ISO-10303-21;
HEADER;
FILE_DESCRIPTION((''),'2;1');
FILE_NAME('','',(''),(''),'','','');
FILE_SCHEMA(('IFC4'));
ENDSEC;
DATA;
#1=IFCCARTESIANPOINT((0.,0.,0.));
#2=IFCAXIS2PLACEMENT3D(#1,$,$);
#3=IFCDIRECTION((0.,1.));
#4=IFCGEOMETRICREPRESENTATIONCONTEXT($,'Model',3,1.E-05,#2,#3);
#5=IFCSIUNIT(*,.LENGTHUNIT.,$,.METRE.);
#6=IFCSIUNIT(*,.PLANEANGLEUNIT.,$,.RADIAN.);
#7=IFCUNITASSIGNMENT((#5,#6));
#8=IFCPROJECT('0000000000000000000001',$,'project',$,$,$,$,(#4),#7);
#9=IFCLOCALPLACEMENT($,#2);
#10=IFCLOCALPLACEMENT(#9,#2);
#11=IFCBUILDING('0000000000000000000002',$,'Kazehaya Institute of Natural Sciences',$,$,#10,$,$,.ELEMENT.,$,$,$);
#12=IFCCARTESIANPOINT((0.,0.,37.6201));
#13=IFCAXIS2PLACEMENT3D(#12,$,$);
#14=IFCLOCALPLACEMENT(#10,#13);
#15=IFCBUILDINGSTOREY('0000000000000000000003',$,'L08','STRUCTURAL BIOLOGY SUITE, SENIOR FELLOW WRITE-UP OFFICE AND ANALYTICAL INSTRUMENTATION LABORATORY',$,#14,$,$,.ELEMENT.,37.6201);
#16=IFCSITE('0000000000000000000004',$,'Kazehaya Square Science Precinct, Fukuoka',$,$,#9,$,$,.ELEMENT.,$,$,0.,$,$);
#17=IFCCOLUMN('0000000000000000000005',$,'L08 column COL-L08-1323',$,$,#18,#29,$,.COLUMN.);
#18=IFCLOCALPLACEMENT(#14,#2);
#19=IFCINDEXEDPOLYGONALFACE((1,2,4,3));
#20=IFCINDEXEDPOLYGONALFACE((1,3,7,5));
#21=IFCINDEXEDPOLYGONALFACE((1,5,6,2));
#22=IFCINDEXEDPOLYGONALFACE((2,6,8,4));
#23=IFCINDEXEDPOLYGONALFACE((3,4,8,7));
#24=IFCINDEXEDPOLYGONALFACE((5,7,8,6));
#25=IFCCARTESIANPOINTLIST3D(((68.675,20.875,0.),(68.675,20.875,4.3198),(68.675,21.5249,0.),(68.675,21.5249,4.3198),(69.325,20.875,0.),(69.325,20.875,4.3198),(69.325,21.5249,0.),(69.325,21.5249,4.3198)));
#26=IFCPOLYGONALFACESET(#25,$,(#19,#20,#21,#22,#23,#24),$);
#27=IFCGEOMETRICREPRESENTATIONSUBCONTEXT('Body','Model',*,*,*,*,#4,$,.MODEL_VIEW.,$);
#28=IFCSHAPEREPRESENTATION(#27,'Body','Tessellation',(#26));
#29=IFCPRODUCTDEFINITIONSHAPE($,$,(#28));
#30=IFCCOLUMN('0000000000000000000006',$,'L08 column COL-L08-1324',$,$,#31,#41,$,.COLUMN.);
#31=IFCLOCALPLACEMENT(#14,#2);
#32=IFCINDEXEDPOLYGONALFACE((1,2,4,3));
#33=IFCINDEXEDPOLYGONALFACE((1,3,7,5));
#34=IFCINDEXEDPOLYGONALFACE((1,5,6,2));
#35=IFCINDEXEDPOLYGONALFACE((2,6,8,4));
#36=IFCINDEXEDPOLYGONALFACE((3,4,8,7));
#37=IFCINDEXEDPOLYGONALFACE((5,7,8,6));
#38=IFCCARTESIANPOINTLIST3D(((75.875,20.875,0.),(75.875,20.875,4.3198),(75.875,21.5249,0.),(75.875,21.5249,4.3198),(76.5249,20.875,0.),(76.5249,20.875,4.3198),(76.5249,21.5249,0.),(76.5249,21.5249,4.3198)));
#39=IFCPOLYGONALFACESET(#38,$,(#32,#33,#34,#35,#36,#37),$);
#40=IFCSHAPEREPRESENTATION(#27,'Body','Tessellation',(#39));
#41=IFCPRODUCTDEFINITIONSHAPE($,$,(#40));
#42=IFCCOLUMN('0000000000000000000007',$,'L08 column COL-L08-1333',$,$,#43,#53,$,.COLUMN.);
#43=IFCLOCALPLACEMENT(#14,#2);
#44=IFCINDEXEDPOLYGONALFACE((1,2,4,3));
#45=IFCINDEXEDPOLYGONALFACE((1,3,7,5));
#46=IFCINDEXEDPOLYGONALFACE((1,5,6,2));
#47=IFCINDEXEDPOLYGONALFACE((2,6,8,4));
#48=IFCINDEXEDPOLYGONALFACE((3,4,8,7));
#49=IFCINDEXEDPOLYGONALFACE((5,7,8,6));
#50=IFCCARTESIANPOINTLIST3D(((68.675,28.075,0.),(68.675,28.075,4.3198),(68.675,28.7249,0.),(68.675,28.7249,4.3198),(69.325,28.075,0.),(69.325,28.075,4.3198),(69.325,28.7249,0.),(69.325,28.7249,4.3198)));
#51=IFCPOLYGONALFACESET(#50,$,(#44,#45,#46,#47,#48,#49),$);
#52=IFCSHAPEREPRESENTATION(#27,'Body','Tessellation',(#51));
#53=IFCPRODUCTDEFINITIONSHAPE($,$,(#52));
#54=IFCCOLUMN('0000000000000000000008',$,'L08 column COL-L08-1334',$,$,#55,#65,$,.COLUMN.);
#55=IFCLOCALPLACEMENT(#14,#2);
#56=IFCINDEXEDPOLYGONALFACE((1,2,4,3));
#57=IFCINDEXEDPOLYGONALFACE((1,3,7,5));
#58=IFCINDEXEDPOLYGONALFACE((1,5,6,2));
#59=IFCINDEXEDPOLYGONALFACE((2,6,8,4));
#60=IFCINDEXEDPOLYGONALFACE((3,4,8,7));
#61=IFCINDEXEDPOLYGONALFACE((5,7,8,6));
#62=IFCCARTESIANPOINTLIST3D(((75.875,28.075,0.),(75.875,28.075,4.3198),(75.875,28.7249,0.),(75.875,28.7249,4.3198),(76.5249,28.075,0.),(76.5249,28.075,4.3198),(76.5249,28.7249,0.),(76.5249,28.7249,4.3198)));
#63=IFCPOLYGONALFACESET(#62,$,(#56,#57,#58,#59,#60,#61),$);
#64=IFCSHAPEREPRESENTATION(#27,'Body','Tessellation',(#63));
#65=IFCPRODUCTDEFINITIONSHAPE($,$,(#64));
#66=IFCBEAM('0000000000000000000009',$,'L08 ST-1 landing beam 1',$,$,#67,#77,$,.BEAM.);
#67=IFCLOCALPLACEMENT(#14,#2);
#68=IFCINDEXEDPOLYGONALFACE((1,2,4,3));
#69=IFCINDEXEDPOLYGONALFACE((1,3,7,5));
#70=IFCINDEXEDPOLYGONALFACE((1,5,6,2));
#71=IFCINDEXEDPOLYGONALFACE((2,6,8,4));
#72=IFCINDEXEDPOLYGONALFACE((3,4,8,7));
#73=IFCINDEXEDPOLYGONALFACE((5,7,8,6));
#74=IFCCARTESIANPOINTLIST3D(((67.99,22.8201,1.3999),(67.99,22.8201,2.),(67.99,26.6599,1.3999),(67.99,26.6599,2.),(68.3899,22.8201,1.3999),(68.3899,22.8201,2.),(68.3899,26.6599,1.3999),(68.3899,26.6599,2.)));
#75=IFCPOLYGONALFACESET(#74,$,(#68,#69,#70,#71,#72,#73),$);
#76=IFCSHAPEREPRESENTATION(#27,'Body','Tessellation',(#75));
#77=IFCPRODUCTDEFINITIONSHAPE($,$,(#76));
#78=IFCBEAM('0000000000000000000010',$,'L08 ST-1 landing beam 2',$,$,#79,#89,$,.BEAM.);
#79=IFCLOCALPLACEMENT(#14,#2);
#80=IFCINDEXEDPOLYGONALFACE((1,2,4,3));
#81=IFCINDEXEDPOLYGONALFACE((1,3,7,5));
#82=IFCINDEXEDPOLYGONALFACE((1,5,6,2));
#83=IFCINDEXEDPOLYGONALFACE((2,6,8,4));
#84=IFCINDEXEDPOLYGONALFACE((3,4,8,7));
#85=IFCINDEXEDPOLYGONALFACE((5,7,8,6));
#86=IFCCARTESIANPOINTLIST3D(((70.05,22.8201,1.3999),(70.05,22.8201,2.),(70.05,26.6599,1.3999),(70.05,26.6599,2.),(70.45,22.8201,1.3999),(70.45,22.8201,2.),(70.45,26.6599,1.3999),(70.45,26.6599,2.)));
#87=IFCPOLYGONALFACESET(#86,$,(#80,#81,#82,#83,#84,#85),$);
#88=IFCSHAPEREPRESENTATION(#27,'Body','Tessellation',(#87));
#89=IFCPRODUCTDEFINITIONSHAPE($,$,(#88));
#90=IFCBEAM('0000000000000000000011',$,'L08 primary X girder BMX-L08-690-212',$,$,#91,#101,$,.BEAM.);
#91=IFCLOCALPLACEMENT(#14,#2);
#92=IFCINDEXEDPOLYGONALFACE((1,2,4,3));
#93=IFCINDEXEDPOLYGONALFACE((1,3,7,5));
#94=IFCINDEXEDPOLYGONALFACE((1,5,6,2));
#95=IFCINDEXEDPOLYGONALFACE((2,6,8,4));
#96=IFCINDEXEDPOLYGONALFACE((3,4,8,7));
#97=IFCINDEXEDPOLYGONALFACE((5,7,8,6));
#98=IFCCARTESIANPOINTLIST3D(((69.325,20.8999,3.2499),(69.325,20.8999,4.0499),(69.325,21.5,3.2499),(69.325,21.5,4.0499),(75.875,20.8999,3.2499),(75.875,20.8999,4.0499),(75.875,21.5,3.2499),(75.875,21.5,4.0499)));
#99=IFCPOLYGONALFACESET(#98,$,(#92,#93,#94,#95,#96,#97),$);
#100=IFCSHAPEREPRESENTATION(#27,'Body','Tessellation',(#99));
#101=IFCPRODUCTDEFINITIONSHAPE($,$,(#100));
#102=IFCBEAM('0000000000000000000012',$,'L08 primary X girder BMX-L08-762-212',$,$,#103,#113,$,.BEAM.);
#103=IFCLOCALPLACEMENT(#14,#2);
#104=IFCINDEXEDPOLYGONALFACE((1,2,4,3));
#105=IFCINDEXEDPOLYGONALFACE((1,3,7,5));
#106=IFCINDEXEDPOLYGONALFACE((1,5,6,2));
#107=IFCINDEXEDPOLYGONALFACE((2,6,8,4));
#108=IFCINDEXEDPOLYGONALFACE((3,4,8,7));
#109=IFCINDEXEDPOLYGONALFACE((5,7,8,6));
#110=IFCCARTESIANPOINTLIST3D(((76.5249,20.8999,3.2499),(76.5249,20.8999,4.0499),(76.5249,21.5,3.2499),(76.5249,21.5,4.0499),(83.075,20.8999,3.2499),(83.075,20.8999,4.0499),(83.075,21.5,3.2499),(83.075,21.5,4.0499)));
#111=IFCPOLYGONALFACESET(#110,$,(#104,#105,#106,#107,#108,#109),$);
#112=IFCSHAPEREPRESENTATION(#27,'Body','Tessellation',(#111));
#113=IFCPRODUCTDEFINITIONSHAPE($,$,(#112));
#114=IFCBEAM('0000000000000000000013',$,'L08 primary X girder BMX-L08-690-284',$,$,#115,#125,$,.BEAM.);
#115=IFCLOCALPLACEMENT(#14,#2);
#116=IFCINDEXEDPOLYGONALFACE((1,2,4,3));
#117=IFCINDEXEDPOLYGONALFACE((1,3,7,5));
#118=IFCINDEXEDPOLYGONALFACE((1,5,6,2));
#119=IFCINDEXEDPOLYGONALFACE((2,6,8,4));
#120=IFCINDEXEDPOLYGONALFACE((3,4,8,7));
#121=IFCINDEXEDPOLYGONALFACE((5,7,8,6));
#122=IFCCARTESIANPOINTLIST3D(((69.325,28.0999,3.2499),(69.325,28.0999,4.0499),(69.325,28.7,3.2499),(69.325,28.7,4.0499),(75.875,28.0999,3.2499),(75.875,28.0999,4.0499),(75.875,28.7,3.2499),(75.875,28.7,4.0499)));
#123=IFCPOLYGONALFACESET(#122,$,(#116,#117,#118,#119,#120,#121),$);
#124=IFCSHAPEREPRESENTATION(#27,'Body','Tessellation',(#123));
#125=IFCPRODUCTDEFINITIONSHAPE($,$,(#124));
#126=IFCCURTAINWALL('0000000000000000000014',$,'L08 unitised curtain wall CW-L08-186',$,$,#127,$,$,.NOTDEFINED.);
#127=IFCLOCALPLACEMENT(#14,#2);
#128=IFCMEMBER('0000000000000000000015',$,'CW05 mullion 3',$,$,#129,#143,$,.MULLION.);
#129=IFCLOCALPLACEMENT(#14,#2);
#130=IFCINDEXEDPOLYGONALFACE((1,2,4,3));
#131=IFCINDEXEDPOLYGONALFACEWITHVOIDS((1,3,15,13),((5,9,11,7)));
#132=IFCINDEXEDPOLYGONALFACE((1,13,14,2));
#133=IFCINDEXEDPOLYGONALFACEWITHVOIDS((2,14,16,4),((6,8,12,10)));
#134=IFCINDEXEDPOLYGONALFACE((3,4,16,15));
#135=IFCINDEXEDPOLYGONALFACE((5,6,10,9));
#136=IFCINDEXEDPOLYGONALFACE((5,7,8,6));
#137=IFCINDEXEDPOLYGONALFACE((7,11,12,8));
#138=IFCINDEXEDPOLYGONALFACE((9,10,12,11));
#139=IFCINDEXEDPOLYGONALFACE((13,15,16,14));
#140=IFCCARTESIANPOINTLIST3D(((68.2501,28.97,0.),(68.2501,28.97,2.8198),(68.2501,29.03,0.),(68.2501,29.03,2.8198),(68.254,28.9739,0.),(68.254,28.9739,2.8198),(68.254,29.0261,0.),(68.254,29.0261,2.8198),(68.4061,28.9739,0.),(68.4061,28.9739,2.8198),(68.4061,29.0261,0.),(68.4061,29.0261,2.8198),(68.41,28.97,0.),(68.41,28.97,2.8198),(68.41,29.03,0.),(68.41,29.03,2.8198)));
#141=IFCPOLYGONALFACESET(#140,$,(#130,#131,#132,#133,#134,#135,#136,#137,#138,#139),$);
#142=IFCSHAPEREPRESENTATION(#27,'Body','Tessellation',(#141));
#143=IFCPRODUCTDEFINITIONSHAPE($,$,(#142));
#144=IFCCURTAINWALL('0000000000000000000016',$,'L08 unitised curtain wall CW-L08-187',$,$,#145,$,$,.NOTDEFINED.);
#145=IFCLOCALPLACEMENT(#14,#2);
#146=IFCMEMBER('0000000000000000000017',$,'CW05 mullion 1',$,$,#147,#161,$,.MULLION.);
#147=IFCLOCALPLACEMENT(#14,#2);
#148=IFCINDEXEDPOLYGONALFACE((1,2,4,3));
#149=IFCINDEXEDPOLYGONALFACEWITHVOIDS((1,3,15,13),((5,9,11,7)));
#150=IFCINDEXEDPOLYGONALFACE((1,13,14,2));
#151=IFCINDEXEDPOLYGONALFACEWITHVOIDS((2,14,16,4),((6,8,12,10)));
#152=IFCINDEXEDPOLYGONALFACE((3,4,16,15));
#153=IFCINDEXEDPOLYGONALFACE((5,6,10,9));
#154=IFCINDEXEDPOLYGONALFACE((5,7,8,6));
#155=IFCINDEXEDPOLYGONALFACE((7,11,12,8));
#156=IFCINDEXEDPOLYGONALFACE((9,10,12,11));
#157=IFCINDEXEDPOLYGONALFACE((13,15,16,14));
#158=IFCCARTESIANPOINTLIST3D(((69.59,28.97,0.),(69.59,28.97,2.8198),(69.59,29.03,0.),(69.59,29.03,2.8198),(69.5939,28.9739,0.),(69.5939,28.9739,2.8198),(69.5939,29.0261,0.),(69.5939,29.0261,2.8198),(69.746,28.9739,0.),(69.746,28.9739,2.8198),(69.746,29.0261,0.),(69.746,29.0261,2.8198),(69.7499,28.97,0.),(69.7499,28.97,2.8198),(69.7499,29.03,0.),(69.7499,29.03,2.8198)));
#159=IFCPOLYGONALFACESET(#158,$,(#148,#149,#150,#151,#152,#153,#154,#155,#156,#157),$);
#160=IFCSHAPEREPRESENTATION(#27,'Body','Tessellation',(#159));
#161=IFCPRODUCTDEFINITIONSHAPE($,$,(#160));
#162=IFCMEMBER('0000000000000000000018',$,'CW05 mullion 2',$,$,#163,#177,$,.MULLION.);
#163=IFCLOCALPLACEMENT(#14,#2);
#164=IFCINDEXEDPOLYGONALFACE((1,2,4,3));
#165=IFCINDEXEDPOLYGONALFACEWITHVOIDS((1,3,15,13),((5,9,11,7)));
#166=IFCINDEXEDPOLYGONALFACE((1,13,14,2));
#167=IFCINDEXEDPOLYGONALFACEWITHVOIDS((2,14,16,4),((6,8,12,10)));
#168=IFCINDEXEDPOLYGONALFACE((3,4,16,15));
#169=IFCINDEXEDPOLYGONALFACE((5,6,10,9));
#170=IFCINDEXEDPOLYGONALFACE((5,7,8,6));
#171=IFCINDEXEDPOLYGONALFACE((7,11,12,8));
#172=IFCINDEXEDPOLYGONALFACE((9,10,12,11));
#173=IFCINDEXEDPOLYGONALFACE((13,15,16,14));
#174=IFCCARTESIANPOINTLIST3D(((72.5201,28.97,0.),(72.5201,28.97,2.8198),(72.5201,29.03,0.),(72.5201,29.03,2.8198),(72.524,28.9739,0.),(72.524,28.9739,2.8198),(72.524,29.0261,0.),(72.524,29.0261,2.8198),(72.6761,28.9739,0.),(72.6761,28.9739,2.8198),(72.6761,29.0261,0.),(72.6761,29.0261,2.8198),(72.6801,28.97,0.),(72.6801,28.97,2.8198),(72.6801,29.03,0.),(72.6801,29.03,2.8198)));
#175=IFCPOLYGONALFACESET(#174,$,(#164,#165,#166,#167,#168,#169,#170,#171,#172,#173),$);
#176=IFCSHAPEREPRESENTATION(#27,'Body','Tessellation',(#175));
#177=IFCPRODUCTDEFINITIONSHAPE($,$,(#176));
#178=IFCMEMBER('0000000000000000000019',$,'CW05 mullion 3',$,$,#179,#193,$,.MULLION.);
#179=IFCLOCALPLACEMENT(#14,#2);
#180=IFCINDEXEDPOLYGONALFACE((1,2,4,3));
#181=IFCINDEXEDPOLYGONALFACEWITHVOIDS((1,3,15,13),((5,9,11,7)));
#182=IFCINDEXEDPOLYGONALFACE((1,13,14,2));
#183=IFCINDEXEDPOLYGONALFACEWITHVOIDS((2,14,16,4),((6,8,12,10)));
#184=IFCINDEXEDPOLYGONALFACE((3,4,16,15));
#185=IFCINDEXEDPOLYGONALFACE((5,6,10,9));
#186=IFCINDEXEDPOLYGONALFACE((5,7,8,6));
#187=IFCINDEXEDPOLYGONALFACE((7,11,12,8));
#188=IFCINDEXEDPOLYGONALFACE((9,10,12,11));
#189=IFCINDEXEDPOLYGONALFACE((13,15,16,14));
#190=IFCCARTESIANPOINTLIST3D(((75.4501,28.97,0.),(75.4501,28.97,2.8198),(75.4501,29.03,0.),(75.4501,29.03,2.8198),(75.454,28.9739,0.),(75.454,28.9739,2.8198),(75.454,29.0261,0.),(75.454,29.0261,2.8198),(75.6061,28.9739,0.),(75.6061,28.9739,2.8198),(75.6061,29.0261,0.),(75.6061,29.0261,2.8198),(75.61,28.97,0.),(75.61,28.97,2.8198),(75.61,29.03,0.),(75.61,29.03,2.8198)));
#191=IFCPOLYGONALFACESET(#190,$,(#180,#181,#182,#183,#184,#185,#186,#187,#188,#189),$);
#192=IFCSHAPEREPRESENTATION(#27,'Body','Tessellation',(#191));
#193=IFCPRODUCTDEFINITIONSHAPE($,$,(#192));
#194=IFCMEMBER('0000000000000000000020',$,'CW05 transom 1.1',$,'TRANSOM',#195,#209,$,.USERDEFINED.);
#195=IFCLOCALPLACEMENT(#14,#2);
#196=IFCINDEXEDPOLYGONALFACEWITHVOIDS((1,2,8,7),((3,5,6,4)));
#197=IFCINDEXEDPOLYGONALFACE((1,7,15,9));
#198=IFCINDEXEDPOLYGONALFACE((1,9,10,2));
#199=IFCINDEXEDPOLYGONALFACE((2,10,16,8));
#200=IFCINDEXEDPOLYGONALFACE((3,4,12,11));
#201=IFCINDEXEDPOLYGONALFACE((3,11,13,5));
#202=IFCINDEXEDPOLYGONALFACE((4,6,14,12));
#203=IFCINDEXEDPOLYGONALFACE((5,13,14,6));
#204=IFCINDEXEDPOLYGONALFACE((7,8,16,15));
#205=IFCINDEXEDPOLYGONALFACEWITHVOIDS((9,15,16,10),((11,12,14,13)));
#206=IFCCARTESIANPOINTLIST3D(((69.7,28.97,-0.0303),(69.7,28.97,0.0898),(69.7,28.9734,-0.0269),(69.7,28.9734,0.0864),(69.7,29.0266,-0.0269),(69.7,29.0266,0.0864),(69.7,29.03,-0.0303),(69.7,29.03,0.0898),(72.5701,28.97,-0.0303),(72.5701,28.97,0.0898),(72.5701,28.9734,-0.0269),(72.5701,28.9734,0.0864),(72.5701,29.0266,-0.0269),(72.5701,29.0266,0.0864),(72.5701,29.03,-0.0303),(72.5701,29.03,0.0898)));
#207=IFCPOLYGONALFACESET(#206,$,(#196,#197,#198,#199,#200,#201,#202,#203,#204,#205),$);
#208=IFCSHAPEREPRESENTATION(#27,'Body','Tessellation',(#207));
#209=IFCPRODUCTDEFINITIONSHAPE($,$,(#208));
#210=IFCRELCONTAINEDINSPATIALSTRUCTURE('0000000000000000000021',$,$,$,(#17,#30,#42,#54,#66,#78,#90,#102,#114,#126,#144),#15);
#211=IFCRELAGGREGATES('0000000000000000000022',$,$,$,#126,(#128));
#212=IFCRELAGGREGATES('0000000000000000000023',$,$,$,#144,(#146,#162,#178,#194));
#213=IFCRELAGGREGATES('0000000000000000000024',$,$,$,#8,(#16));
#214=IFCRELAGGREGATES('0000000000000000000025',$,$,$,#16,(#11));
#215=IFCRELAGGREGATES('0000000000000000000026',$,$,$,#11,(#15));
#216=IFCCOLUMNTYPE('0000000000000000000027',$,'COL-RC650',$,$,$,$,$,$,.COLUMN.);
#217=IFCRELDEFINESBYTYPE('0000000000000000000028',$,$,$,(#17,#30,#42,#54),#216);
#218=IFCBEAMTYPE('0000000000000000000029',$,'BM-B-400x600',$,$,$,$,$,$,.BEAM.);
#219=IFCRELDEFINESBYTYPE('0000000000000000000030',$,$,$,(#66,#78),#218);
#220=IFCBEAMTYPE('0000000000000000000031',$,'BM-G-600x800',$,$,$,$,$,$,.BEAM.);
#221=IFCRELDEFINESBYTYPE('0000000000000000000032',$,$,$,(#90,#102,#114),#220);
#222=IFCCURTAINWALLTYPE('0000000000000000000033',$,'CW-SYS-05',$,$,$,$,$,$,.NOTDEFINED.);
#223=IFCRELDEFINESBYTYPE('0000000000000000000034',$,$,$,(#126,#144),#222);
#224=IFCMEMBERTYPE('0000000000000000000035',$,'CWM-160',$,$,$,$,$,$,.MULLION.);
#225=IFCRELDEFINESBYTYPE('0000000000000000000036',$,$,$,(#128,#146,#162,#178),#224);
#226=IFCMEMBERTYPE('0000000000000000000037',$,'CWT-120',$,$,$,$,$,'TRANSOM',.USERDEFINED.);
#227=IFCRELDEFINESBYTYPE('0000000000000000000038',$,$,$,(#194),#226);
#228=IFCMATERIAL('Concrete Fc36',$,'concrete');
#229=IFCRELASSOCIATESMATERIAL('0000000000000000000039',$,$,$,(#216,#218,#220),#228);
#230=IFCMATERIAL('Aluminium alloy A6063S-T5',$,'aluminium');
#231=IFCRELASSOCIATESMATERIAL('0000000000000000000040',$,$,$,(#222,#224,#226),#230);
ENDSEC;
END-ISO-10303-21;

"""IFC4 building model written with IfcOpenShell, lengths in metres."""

from ifc_helpers import new_model, si_unit, direction, frame, origin, origin_2d, place, context, subcontext, project, spatial, rectangle, hollow_rectangle, extrude, material, material_profile, profile_set, type_object, element, aggregate, save


model = new_model("IFC4")

# Units and contexts
model_context = context("Model", 3, precision=1e-05, world=origin(), true_north=direction((0.0, 1.0)))
body_context = subcontext(model_context, "Body", "Model", "MODEL_VIEW")
ifc_project = project(units=[si_unit("LENGTHUNIT", "METRE"), si_unit("PLANEANGLEUNIT", "RADIAN")], contexts=[model_context])

# Site, building, storey
site_placement = place(None, origin())
site = spatial("IfcSite", under=ifc_project, at=site_placement, Name="Kazehaya Square Science Precinct, Fukuoka", CompositionType="ELEMENT", RefElevation=0.0)
building_placement = place(site_placement, origin())
building = spatial("IfcBuilding", under=site, at=building_placement, Name="Kazehaya Institute of Natural Sciences", CompositionType="ELEMENT")
storey_placement = place(building_placement, frame((0.0, 0.0, 37.6201)))
storey = spatial("IfcBuildingStorey", under=building, at=storey_placement, Name="L08", Description="STRUCTURAL BIOLOGY SUITE, SENIOR FELLOW WRITE-UP OFFICE AND ANALYTICAL INSTRUMENTATION LABORATORY", CompositionType="ELEMENT", Elevation=37.6201)

# Columns
ifc_material_1 = material(Name="Concrete Fc36", Category="concrete")
ifc_material_profile_1 = material_profile(ifc_material_1, rectangle(XDim=0.6499, YDim=0.6499, at=origin_2d()), Name="RC-650x650")
ifc_profile_set_1 = profile_set([ifc_material_profile_1], Name="Concrete Fc36")
column_type = type_object("IfcColumnType", Name="COL-RC650", PredefinedType="COLUMN", material=ifc_profile_set_1)
for number, where, z_axis, x_axis, name in (
    (1, (69.0, 21.2, 0.0), (0.0, 0.0, 1.0), (1.0, 0.0, 0.0), "L08 column COL-L08-1323"),
    (2, (76.2, 21.2, 0.0), (0.0, 0.0, 1.0), (1.0, 0.0, 0.0), "L08 column COL-L08-1324"),
    (3, (69.0, 28.3999, 0.0), (0.0, 0.0, 1.0), (1.0, 0.0, 0.0), "L08 column COL-L08-1333"),
    (4, (76.2, 28.3999, 0.0), (0.0, 0.0, 1.0), (1.0, 0.0, 0.0), "L08 column COL-L08-1334"),
):
    element("IfcColumn", number, at=place(storey_placement, frame(where, z_axis=z_axis, x_axis=x_axis)), inside=storey, type_object=column_type, Name=name, PredefinedType="COLUMN", context=body_context, shape_type="SweptSolid", body=[
        extrude(rectangle(XDim=0.6499, YDim=0.6499, at=origin_2d()), origin(), (0.0, 0.0, 1.0), 4.3198),
    ])

# Beams
ifc_material_profile_2 = material_profile(ifc_material_1, rectangle(XDim=0.3999, YDim=0.6001, at=origin_2d()), Name="RC-400x600")
ifc_profile_set_2 = profile_set([ifc_material_profile_2], Name="Concrete Fc36")
beam_type_1 = type_object("IfcBeamType", Name="BM-B-400x600", PredefinedType="BEAM", material=ifc_profile_set_2)
for number, where, z_axis, x_axis, name in (
    (5, (68.1899, 22.8201, 1.7), (0.0, 1.0, 0.0), (-1.0, 0.0, 0.0), "L08 ST-1 landing beam 1"),
    (6, (70.25, 22.8201, 1.7), (0.0, 1.0, 0.0), (-1.0, 0.0, 0.0), "L08 ST-1 landing beam 2"),
):
    element("IfcBeam", number, at=place(storey_placement, frame(where, z_axis=z_axis, x_axis=x_axis)), inside=storey, type_object=beam_type_1, Name=name, PredefinedType="BEAM", context=body_context, shape_type="SweptSolid", body=[
        extrude(rectangle(XDim=0.3999, YDim=0.6001, at=origin_2d()), origin(), (0.0, 0.0, 1.0), 3.8398),
    ])
ifc_material_profile_3 = material_profile(ifc_material_1, rectangle(XDim=0.6001, YDim=0.8, at=origin_2d()), Name="RC-600x800")
ifc_profile_set_3 = profile_set([ifc_material_profile_3], Name="Concrete Fc36")
beam_type_2 = type_object("IfcBeamType", Name="BM-G-600x800", PredefinedType="BEAM", material=ifc_profile_set_3)
for number, where, z_axis, x_axis, name in (
    (7, (69.325, 21.2, 3.6499), (1.0, 0.0, 0.0), (0.0, 1.0, 0.0), "L08 primary X girder BMX-L08-690-212"),
    (8, (76.5249, 21.2, 3.6499), (1.0, 0.0, 0.0), (0.0, 1.0, 0.0), "L08 primary X girder BMX-L08-762-212"),
    (9, (69.325, 28.3999, 3.6499), (1.0, 0.0, 0.0), (0.0, 1.0, 0.0), "L08 primary X girder BMX-L08-690-284"),
):
    element("IfcBeam", number, at=place(storey_placement, frame(where, z_axis=z_axis, x_axis=x_axis)), inside=storey, type_object=beam_type_2, Name=name, PredefinedType="BEAM", context=body_context, shape_type="SweptSolid", body=[
        extrude(rectangle(XDim=0.6001, YDim=0.8, at=origin_2d()), origin(), (0.0, 0.0, 1.0), 6.55),
    ])

# Curtain wall, member
ifc_material_2 = material(Name="Aluminium alloy A6063S-T5", Category="aluminium")
curtain_wall_type = type_object("IfcCurtainWallType", Name="CW-SYS-05", PredefinedType="NOTDEFINED", material=ifc_material_2)
curtain_wall_1_placement = place(storey_placement, origin())
curtain_wall_1 = element("IfcCurtainWall", 10, at=curtain_wall_1_placement, inside=storey, type_object=curtain_wall_type, Name="L08 unitised curtain wall CW-L08-186", PredefinedType="NOTDEFINED")
ifc_material_profile_4 = material_profile(ifc_material_2, hollow_rectangle(XDim=0.0601, YDim=0.1599, WallThickness=0.0039, at=origin_2d()), Name="ALU-60x160x4")
ifc_profile_set_4 = profile_set([ifc_material_profile_4], Name="Aluminium alloy A6063S-T5")
member_type_1 = type_object("IfcMemberType", Name="CWM-160", PredefinedType="MULLION", material=ifc_profile_set_4)
member_1_placement = place(storey_placement, frame((68.3301, 29.0, 0.0), z_axis=(0.0, 0.0, 1.0), x_axis=(0.0, 1.0, 0.0)))
member_1 = element("IfcMember", 11, at=member_1_placement, type_object=member_type_1, Name="CW05 mullion 3", PredefinedType="MULLION", context=body_context, shape_type="SweptSolid", body=[
    extrude(hollow_rectangle(XDim=0.0601, YDim=0.1599, WallThickness=0.0039, at=origin_2d()), origin(), (0.0, 0.0, 1.0), 2.8198),
])

# Curtain wall, members
curtain_wall_2_placement = place(storey_placement, origin())
curtain_wall_2 = element("IfcCurtainWall", 12, at=curtain_wall_2_placement, inside=storey, type_object=curtain_wall_type, Name="L08 unitised curtain wall CW-L08-187", PredefinedType="NOTDEFINED")
member_2_placement = place(storey_placement, frame((69.6699, 29.0, 0.0), z_axis=(0.0, 0.0, 1.0), x_axis=(0.0, 1.0, 0.0)))
member_2 = element("IfcMember", 13, at=member_2_placement, type_object=member_type_1, Name="CW05 mullion 1", PredefinedType="MULLION", context=body_context, shape_type="SweptSolid", body=[
    extrude(hollow_rectangle(XDim=0.0601, YDim=0.1599, WallThickness=0.0039, at=origin_2d()), origin(), (0.0, 0.0, 1.0), 2.8198),
])
member_3_placement = place(storey_placement, frame((72.6001, 29.0, 0.0), z_axis=(0.0, 0.0, 1.0), x_axis=(0.0, 1.0, 0.0)))
member_3 = element("IfcMember", 14, at=member_3_placement, type_object=member_type_1, Name="CW05 mullion 2", PredefinedType="MULLION", context=body_context, shape_type="SweptSolid", body=[
    extrude(hollow_rectangle(XDim=0.0601, YDim=0.1599, WallThickness=0.0039, at=origin_2d()), origin(), (0.0, 0.0, 1.0), 2.8198),
])
member_4_placement = place(storey_placement, frame((75.53, 29.0, 0.0), z_axis=(0.0, 0.0, 1.0), x_axis=(0.0, 1.0, 0.0)))
member_4 = element("IfcMember", 15, at=member_4_placement, type_object=member_type_1, Name="CW05 mullion 3", PredefinedType="MULLION", context=body_context, shape_type="SweptSolid", body=[
    extrude(hollow_rectangle(XDim=0.0601, YDim=0.1599, WallThickness=0.0039, at=origin_2d()), origin(), (0.0, 0.0, 1.0), 2.8198),
])
ifc_material_profile_5 = material_profile(ifc_material_2, hollow_rectangle(XDim=0.0601, YDim=0.1201, WallThickness=0.0034, at=origin_2d()), Name="ALU-60x120x3.5")
ifc_profile_set_5 = profile_set([ifc_material_profile_5], Name="Aluminium alloy A6063S-T5")
member_type_2 = type_object("IfcMemberType", Name="CWT-120", ElementType="TRANSOM", PredefinedType="USERDEFINED", material=ifc_profile_set_5)
member_5_placement = place(storey_placement, frame((69.7, 29.0, 0.0298), z_axis=(1.0, 0.0, 0.0), x_axis=(0.0, 1.0, 0.0)))
member_5 = element("IfcMember", 16, at=member_5_placement, type_object=member_type_2, Name="CW05 transom 1.1", ObjectType="TRANSOM", PredefinedType="USERDEFINED", context=body_context, shape_type="SweptSolid", body=[
    extrude(hollow_rectangle(XDim=0.0601, YDim=0.1201, WallThickness=0.0034, at=origin_2d()), origin(), (0.0, 0.0, 1.0), 2.8701),
])

aggregate(curtain_wall_1, [member_1])
aggregate(curtain_wall_2, [member_2, member_3, member_4, member_5])

save(model, "model.ifc")
